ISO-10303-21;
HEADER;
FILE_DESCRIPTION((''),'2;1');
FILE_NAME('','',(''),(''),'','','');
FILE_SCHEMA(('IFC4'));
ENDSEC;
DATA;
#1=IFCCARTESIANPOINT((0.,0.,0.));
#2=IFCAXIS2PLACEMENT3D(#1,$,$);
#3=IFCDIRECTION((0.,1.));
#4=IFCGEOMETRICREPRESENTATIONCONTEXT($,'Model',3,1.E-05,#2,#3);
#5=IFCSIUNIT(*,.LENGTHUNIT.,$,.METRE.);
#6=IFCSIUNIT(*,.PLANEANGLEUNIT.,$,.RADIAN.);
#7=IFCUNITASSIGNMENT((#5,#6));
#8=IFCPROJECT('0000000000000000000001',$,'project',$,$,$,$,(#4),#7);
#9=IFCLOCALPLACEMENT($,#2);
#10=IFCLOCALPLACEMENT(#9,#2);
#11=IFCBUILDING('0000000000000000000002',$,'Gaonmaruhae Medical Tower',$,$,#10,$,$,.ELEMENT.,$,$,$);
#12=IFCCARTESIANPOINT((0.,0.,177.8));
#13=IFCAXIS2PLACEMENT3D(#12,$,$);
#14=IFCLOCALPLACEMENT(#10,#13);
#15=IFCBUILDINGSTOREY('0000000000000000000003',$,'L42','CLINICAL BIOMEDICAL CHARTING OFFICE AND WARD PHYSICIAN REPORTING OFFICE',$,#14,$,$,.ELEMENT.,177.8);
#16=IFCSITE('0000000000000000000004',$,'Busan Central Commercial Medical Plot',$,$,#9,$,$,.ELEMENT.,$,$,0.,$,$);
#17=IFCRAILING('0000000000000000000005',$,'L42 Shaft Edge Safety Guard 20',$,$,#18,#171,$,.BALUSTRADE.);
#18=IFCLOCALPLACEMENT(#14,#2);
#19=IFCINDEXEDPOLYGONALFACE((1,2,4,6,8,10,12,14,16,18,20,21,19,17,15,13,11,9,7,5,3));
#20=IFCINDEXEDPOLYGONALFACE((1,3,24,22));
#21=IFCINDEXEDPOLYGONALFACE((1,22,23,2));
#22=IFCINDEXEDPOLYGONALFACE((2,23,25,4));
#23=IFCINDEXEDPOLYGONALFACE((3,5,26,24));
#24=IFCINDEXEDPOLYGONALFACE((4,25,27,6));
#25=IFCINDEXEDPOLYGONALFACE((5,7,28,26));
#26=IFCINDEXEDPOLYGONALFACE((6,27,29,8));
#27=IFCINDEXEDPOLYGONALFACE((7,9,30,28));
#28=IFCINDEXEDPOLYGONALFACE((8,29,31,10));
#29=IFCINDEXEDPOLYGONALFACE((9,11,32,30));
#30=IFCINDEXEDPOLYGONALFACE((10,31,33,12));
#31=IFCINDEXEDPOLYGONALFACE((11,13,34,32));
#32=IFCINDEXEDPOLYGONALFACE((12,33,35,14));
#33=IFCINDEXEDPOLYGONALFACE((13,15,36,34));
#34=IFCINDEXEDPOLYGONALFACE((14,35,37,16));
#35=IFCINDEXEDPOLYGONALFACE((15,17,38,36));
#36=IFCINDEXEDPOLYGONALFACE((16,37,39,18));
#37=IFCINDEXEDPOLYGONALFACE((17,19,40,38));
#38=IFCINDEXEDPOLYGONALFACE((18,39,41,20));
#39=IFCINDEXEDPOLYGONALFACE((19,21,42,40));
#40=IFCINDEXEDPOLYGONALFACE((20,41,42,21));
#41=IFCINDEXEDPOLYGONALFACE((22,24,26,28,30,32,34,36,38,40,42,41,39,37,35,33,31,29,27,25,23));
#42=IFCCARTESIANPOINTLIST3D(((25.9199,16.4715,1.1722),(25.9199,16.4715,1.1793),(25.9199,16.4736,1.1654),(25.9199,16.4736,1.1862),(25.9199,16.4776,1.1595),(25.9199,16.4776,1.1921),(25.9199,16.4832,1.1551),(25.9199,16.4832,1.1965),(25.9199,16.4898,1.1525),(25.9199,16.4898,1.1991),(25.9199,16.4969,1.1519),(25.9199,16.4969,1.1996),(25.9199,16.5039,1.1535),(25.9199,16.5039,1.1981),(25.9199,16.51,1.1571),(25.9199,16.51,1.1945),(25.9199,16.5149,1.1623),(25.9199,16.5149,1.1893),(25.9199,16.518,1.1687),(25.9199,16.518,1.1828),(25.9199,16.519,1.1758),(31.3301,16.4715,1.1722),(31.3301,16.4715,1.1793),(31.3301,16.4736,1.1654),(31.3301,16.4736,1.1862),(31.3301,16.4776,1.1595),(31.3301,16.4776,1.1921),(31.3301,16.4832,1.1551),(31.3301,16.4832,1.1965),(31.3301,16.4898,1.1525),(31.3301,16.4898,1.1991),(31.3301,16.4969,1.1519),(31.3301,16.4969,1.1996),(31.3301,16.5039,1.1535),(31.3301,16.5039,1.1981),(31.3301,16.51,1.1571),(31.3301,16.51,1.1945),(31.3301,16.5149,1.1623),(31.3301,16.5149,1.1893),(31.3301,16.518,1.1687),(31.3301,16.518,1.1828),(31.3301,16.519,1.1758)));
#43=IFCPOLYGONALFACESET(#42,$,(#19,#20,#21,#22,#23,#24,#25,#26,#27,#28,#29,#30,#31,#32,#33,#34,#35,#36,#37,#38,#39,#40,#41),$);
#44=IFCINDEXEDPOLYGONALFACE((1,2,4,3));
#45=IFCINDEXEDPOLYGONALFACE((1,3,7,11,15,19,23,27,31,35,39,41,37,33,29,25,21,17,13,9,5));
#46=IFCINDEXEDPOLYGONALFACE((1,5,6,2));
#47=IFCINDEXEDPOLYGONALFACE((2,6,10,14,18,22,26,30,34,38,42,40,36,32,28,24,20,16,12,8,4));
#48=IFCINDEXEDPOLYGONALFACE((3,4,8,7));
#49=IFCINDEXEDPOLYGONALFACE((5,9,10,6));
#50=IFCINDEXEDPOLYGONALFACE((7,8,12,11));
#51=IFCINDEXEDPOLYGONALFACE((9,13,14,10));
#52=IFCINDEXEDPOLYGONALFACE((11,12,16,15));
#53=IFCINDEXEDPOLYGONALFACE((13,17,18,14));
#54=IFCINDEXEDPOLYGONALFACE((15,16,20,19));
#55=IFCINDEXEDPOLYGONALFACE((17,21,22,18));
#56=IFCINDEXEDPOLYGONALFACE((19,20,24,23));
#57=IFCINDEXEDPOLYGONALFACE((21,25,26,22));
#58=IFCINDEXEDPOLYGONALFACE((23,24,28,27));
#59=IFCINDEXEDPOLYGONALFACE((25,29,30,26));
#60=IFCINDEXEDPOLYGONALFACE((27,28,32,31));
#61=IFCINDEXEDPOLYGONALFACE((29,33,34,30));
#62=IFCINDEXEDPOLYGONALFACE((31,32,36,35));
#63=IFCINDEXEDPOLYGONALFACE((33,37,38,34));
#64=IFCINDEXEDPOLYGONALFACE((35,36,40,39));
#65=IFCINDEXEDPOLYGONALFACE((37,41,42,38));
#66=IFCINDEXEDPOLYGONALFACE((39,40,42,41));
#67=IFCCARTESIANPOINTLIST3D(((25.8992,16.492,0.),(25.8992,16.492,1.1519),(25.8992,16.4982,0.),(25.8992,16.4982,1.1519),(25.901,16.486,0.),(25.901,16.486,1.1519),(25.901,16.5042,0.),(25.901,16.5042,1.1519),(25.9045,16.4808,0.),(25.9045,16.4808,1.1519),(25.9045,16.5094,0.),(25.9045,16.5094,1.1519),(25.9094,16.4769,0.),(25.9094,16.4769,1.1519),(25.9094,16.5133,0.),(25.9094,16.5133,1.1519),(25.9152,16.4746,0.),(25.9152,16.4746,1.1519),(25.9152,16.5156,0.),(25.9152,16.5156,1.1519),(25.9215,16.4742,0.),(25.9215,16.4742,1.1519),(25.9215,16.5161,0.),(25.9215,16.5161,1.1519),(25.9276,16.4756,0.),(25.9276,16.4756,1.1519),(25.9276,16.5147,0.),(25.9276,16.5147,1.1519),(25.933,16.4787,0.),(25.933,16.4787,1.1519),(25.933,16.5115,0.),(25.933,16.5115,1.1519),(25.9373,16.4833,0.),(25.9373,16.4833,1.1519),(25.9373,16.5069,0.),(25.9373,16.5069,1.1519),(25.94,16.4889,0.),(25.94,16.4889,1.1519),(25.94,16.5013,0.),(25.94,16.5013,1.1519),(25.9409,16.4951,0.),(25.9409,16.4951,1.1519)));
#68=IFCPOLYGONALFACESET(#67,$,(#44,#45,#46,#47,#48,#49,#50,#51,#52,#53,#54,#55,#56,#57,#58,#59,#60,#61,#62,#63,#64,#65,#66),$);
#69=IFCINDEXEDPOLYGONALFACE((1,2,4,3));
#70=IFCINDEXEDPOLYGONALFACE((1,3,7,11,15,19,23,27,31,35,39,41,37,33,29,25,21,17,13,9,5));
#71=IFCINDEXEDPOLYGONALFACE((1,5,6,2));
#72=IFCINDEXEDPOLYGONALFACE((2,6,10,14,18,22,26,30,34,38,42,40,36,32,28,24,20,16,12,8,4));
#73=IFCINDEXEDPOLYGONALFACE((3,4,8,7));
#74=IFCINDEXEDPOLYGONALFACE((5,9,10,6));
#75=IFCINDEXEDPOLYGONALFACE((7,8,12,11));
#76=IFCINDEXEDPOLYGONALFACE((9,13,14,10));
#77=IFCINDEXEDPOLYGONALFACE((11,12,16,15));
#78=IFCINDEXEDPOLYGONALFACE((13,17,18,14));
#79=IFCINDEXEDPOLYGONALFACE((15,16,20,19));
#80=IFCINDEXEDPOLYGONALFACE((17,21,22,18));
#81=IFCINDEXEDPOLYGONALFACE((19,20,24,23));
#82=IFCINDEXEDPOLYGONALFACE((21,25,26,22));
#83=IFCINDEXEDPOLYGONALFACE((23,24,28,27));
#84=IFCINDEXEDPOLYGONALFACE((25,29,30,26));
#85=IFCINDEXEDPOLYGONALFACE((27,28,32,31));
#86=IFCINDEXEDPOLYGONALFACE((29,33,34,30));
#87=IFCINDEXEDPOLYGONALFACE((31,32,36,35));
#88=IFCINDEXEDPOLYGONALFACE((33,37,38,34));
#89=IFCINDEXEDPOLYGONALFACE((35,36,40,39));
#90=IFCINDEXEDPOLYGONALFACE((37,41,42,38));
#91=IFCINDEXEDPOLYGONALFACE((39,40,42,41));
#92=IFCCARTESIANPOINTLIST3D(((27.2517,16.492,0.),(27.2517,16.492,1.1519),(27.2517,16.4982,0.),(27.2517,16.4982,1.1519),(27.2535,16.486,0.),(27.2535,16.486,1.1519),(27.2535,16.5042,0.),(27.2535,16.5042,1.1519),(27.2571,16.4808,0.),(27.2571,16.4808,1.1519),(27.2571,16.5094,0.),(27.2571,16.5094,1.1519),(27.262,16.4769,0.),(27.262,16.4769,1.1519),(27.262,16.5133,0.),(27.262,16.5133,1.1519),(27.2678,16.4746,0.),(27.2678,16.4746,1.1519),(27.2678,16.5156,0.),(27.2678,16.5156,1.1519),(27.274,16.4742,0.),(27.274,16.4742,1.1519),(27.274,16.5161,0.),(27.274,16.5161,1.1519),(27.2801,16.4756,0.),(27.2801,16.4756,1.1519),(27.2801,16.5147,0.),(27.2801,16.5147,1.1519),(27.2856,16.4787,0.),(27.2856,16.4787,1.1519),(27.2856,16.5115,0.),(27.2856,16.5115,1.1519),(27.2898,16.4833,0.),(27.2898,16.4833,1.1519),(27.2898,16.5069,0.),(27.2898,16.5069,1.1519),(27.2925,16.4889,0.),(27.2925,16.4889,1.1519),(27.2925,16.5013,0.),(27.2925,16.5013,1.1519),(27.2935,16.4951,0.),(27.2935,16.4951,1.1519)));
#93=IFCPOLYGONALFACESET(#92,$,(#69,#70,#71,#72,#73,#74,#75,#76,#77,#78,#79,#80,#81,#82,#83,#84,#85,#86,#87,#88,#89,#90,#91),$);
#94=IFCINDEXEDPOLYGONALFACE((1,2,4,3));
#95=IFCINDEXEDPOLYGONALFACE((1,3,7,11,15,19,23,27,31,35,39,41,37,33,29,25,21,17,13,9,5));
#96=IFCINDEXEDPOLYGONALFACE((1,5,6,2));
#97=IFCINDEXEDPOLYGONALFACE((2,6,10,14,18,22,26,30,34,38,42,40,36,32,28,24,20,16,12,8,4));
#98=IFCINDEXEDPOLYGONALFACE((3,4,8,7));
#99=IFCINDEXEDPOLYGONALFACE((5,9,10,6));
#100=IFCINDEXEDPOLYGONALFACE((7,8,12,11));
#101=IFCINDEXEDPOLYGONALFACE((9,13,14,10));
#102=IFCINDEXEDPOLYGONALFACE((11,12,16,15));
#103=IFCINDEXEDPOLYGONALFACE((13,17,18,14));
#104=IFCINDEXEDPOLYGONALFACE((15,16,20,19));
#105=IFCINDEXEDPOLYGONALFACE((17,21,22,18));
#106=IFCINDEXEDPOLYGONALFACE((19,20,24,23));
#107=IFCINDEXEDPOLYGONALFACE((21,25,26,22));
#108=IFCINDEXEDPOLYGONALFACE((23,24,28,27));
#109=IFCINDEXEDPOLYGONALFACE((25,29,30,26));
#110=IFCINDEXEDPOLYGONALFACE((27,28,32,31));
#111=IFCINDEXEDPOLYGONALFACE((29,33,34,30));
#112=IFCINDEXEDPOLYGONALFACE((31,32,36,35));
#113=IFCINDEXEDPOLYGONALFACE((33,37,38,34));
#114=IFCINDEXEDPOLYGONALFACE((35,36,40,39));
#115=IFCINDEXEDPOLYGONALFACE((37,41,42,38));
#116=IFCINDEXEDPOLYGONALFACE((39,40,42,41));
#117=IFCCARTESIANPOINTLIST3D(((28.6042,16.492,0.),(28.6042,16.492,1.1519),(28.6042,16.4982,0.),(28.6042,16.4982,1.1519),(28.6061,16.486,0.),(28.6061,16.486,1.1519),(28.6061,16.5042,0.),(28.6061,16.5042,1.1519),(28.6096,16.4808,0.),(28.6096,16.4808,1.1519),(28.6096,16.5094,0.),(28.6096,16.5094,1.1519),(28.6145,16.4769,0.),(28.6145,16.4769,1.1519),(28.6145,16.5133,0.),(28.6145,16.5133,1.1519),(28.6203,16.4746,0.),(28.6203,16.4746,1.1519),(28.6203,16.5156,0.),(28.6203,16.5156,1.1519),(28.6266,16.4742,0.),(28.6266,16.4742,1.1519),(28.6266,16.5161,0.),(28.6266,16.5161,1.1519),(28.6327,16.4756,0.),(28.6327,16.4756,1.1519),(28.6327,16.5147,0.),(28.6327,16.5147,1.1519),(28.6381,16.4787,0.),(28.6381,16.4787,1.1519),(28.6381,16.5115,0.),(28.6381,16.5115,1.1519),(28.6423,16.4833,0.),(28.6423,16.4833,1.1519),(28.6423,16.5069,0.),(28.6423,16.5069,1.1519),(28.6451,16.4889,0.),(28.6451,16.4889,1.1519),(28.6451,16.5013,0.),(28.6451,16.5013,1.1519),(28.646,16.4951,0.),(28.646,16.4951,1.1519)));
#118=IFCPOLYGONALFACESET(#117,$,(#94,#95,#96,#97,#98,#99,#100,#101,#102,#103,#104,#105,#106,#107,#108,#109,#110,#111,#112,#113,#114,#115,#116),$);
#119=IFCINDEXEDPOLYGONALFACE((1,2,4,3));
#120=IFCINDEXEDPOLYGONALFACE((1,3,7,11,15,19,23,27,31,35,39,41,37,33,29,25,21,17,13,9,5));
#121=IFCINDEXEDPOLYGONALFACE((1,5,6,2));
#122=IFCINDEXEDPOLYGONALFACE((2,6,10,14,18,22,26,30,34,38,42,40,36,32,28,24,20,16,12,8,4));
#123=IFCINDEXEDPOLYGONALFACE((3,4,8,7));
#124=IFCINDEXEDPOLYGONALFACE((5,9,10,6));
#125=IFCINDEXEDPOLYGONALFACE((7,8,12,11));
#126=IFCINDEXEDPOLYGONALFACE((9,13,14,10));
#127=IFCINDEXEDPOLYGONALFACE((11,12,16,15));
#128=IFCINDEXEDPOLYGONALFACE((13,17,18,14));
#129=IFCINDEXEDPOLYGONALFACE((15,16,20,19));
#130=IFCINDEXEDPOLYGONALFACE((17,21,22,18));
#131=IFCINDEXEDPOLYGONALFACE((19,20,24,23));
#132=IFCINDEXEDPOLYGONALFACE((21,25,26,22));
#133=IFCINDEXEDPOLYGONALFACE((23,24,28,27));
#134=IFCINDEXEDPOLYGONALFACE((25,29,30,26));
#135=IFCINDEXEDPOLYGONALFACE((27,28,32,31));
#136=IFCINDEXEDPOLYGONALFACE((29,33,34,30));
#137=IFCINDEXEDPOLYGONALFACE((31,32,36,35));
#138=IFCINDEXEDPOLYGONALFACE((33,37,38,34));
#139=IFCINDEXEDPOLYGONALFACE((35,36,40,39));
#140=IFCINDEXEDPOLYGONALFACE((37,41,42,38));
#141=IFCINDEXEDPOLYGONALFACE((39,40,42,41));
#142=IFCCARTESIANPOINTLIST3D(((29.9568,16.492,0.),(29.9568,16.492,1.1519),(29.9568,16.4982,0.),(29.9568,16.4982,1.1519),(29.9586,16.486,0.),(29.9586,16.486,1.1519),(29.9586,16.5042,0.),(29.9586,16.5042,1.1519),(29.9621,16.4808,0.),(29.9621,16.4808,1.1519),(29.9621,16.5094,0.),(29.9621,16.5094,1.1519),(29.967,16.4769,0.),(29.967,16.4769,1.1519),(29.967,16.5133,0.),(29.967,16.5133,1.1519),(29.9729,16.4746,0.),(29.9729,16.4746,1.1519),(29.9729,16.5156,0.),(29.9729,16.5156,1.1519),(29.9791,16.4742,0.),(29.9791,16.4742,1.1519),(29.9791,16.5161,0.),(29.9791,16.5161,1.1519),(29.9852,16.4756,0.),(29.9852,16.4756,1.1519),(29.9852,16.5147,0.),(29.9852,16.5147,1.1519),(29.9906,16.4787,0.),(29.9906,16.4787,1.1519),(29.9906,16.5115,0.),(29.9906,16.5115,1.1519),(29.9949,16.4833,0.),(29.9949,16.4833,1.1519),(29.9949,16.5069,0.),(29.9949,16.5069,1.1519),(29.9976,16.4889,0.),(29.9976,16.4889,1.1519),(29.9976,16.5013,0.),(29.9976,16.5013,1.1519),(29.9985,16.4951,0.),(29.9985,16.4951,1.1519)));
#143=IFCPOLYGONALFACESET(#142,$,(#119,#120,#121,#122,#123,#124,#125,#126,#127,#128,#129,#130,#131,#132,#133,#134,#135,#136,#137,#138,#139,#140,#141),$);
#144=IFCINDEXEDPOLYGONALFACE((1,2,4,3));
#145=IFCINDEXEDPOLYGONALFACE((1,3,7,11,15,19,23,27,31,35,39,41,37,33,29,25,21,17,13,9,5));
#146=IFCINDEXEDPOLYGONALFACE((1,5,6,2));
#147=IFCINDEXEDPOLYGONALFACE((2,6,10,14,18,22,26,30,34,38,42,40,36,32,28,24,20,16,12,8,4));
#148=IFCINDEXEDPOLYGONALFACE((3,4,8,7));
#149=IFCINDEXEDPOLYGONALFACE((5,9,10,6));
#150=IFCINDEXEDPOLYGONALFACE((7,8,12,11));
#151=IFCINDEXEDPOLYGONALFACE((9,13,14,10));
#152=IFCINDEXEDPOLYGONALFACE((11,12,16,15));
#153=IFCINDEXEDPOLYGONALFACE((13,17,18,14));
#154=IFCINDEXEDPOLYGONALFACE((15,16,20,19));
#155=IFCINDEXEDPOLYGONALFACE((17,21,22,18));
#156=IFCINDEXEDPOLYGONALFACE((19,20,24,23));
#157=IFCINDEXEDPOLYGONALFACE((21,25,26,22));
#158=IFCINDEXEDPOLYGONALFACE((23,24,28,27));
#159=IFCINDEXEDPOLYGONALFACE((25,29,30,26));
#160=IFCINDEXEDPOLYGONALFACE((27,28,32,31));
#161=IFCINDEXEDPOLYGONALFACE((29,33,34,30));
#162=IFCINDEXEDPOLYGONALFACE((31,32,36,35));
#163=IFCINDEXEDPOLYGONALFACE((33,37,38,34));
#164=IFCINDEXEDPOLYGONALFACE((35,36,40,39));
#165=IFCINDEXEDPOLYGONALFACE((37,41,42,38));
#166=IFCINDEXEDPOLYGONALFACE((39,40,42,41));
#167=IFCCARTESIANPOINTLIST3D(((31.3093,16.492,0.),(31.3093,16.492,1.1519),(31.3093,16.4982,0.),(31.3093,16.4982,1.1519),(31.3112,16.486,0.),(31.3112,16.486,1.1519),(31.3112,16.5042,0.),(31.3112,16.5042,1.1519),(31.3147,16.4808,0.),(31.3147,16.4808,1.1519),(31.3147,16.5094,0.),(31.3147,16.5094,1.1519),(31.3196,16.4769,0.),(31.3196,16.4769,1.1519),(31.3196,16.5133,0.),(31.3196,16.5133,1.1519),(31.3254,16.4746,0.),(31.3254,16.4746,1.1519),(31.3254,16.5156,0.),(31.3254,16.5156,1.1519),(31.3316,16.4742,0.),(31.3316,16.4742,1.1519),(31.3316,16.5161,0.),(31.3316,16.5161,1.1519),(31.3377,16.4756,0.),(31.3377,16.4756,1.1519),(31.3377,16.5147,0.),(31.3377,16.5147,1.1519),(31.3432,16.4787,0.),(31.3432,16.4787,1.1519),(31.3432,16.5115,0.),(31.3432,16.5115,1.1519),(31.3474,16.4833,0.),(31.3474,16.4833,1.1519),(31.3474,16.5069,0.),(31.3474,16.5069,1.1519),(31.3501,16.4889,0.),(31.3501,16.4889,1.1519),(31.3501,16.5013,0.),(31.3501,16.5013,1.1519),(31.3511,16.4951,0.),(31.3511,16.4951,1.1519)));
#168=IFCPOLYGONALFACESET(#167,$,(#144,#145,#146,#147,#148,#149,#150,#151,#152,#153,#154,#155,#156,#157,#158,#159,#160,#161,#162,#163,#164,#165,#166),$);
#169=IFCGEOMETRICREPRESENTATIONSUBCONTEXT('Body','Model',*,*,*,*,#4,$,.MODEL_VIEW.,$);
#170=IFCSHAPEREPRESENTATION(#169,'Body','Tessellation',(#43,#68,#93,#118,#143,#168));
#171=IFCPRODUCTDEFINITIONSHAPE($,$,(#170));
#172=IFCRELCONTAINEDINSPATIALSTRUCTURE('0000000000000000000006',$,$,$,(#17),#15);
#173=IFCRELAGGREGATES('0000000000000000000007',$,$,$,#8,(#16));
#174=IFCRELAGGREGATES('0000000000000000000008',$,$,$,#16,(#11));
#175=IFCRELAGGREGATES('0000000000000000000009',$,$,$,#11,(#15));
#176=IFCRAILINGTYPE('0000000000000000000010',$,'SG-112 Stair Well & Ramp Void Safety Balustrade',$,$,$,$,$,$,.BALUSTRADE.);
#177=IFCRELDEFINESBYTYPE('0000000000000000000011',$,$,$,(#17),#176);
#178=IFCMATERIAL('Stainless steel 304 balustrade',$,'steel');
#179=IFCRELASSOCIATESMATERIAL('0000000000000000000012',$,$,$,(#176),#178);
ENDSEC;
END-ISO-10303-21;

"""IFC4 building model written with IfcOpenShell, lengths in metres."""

from ifc_helpers import new_model, si_unit, direction, frame, origin, origin_2d, place, context, subcontext, project, spatial, circle, extrude, material, type_object, element, save


model = new_model("IFC4")

# Units and contexts
model_context = context("Model", 3, precision=1e-05, world=origin(), true_north=direction((0.0, 1.0)))
body_context = subcontext(model_context, "Body", "Model", "MODEL_VIEW")
ifc_project = project(units=[si_unit("LENGTHUNIT", "METRE"), si_unit("PLANEANGLEUNIT", "RADIAN")], contexts=[model_context])

# Site, building, storey
site_placement = place(None, origin())
site = spatial("IfcSite", under=ifc_project, at=site_placement, Name="Busan Central Commercial Medical Plot", CompositionType="ELEMENT", RefElevation=0.0)
building_placement = place(site_placement, origin())
building = spatial("IfcBuilding", under=site, at=building_placement, Name="Gaonmaruhae Medical Tower", CompositionType="ELEMENT")
storey_placement = place(building_placement, frame((0.0, 0.0, 177.8)))
storey = spatial("IfcBuildingStorey", under=building, at=storey_placement, Name="L42", Description="CLINICAL BIOMEDICAL CHARTING OFFICE AND WARD PHYSICIAN REPORTING OFFICE", CompositionType="ELEMENT", Elevation=177.8)

# Railing
ifc_material_1 = material(Name="Stainless steel 304 balustrade", Category="steel")
railing_type = type_object("IfcRailingType", Name="SG-112 Stair Well & Ramp Void Safety Balustrade", PredefinedType="BALUSTRADE", material=ifc_material_1)
railing_1_placement = place(storey_placement, frame((25.9199, 16.4951, 0.0)))
element("IfcRailing", 1, at=railing_1_placement, inside=storey, type_object=railing_type, Name="L42 Shaft Edge Safety Guard 20", PredefinedType="BALUSTRADE", context=body_context, shape_type="SweptSolid", body=[
    extrude(circle(Radius=0.0239, at=origin_2d()), frame((0.0, 0.0, 1.1758), z_axis=(1.0, 0.0, 0.0), x_axis=(0.0, 1.0, 0.0)), (0.0, 0.0, 1.0), 5.4102),
    extrude(circle(Radius=0.021, at=origin_2d()), origin(), (0.0, 0.0, 1.0), 1.1519),
    extrude(circle(Radius=0.021, at=origin_2d()), frame((1.3525, 0.0, 0.0)), (0.0, 0.0, 1.0), 1.1519),
    extrude(circle(Radius=0.021, at=origin_2d()), frame((2.7051, 0.0, 0.0)), (0.0, 0.0, 1.0), 1.1519),
    extrude(circle(Radius=0.021, at=origin_2d()), frame((4.0576, 0.0, 0.0)), (0.0, 0.0, 1.0), 1.1519),
    extrude(circle(Radius=0.021, at=origin_2d()), frame((5.4102, 0.0, 0.0)), (0.0, 0.0, 1.0), 1.1519),
])

save(model, "model.ifc")
